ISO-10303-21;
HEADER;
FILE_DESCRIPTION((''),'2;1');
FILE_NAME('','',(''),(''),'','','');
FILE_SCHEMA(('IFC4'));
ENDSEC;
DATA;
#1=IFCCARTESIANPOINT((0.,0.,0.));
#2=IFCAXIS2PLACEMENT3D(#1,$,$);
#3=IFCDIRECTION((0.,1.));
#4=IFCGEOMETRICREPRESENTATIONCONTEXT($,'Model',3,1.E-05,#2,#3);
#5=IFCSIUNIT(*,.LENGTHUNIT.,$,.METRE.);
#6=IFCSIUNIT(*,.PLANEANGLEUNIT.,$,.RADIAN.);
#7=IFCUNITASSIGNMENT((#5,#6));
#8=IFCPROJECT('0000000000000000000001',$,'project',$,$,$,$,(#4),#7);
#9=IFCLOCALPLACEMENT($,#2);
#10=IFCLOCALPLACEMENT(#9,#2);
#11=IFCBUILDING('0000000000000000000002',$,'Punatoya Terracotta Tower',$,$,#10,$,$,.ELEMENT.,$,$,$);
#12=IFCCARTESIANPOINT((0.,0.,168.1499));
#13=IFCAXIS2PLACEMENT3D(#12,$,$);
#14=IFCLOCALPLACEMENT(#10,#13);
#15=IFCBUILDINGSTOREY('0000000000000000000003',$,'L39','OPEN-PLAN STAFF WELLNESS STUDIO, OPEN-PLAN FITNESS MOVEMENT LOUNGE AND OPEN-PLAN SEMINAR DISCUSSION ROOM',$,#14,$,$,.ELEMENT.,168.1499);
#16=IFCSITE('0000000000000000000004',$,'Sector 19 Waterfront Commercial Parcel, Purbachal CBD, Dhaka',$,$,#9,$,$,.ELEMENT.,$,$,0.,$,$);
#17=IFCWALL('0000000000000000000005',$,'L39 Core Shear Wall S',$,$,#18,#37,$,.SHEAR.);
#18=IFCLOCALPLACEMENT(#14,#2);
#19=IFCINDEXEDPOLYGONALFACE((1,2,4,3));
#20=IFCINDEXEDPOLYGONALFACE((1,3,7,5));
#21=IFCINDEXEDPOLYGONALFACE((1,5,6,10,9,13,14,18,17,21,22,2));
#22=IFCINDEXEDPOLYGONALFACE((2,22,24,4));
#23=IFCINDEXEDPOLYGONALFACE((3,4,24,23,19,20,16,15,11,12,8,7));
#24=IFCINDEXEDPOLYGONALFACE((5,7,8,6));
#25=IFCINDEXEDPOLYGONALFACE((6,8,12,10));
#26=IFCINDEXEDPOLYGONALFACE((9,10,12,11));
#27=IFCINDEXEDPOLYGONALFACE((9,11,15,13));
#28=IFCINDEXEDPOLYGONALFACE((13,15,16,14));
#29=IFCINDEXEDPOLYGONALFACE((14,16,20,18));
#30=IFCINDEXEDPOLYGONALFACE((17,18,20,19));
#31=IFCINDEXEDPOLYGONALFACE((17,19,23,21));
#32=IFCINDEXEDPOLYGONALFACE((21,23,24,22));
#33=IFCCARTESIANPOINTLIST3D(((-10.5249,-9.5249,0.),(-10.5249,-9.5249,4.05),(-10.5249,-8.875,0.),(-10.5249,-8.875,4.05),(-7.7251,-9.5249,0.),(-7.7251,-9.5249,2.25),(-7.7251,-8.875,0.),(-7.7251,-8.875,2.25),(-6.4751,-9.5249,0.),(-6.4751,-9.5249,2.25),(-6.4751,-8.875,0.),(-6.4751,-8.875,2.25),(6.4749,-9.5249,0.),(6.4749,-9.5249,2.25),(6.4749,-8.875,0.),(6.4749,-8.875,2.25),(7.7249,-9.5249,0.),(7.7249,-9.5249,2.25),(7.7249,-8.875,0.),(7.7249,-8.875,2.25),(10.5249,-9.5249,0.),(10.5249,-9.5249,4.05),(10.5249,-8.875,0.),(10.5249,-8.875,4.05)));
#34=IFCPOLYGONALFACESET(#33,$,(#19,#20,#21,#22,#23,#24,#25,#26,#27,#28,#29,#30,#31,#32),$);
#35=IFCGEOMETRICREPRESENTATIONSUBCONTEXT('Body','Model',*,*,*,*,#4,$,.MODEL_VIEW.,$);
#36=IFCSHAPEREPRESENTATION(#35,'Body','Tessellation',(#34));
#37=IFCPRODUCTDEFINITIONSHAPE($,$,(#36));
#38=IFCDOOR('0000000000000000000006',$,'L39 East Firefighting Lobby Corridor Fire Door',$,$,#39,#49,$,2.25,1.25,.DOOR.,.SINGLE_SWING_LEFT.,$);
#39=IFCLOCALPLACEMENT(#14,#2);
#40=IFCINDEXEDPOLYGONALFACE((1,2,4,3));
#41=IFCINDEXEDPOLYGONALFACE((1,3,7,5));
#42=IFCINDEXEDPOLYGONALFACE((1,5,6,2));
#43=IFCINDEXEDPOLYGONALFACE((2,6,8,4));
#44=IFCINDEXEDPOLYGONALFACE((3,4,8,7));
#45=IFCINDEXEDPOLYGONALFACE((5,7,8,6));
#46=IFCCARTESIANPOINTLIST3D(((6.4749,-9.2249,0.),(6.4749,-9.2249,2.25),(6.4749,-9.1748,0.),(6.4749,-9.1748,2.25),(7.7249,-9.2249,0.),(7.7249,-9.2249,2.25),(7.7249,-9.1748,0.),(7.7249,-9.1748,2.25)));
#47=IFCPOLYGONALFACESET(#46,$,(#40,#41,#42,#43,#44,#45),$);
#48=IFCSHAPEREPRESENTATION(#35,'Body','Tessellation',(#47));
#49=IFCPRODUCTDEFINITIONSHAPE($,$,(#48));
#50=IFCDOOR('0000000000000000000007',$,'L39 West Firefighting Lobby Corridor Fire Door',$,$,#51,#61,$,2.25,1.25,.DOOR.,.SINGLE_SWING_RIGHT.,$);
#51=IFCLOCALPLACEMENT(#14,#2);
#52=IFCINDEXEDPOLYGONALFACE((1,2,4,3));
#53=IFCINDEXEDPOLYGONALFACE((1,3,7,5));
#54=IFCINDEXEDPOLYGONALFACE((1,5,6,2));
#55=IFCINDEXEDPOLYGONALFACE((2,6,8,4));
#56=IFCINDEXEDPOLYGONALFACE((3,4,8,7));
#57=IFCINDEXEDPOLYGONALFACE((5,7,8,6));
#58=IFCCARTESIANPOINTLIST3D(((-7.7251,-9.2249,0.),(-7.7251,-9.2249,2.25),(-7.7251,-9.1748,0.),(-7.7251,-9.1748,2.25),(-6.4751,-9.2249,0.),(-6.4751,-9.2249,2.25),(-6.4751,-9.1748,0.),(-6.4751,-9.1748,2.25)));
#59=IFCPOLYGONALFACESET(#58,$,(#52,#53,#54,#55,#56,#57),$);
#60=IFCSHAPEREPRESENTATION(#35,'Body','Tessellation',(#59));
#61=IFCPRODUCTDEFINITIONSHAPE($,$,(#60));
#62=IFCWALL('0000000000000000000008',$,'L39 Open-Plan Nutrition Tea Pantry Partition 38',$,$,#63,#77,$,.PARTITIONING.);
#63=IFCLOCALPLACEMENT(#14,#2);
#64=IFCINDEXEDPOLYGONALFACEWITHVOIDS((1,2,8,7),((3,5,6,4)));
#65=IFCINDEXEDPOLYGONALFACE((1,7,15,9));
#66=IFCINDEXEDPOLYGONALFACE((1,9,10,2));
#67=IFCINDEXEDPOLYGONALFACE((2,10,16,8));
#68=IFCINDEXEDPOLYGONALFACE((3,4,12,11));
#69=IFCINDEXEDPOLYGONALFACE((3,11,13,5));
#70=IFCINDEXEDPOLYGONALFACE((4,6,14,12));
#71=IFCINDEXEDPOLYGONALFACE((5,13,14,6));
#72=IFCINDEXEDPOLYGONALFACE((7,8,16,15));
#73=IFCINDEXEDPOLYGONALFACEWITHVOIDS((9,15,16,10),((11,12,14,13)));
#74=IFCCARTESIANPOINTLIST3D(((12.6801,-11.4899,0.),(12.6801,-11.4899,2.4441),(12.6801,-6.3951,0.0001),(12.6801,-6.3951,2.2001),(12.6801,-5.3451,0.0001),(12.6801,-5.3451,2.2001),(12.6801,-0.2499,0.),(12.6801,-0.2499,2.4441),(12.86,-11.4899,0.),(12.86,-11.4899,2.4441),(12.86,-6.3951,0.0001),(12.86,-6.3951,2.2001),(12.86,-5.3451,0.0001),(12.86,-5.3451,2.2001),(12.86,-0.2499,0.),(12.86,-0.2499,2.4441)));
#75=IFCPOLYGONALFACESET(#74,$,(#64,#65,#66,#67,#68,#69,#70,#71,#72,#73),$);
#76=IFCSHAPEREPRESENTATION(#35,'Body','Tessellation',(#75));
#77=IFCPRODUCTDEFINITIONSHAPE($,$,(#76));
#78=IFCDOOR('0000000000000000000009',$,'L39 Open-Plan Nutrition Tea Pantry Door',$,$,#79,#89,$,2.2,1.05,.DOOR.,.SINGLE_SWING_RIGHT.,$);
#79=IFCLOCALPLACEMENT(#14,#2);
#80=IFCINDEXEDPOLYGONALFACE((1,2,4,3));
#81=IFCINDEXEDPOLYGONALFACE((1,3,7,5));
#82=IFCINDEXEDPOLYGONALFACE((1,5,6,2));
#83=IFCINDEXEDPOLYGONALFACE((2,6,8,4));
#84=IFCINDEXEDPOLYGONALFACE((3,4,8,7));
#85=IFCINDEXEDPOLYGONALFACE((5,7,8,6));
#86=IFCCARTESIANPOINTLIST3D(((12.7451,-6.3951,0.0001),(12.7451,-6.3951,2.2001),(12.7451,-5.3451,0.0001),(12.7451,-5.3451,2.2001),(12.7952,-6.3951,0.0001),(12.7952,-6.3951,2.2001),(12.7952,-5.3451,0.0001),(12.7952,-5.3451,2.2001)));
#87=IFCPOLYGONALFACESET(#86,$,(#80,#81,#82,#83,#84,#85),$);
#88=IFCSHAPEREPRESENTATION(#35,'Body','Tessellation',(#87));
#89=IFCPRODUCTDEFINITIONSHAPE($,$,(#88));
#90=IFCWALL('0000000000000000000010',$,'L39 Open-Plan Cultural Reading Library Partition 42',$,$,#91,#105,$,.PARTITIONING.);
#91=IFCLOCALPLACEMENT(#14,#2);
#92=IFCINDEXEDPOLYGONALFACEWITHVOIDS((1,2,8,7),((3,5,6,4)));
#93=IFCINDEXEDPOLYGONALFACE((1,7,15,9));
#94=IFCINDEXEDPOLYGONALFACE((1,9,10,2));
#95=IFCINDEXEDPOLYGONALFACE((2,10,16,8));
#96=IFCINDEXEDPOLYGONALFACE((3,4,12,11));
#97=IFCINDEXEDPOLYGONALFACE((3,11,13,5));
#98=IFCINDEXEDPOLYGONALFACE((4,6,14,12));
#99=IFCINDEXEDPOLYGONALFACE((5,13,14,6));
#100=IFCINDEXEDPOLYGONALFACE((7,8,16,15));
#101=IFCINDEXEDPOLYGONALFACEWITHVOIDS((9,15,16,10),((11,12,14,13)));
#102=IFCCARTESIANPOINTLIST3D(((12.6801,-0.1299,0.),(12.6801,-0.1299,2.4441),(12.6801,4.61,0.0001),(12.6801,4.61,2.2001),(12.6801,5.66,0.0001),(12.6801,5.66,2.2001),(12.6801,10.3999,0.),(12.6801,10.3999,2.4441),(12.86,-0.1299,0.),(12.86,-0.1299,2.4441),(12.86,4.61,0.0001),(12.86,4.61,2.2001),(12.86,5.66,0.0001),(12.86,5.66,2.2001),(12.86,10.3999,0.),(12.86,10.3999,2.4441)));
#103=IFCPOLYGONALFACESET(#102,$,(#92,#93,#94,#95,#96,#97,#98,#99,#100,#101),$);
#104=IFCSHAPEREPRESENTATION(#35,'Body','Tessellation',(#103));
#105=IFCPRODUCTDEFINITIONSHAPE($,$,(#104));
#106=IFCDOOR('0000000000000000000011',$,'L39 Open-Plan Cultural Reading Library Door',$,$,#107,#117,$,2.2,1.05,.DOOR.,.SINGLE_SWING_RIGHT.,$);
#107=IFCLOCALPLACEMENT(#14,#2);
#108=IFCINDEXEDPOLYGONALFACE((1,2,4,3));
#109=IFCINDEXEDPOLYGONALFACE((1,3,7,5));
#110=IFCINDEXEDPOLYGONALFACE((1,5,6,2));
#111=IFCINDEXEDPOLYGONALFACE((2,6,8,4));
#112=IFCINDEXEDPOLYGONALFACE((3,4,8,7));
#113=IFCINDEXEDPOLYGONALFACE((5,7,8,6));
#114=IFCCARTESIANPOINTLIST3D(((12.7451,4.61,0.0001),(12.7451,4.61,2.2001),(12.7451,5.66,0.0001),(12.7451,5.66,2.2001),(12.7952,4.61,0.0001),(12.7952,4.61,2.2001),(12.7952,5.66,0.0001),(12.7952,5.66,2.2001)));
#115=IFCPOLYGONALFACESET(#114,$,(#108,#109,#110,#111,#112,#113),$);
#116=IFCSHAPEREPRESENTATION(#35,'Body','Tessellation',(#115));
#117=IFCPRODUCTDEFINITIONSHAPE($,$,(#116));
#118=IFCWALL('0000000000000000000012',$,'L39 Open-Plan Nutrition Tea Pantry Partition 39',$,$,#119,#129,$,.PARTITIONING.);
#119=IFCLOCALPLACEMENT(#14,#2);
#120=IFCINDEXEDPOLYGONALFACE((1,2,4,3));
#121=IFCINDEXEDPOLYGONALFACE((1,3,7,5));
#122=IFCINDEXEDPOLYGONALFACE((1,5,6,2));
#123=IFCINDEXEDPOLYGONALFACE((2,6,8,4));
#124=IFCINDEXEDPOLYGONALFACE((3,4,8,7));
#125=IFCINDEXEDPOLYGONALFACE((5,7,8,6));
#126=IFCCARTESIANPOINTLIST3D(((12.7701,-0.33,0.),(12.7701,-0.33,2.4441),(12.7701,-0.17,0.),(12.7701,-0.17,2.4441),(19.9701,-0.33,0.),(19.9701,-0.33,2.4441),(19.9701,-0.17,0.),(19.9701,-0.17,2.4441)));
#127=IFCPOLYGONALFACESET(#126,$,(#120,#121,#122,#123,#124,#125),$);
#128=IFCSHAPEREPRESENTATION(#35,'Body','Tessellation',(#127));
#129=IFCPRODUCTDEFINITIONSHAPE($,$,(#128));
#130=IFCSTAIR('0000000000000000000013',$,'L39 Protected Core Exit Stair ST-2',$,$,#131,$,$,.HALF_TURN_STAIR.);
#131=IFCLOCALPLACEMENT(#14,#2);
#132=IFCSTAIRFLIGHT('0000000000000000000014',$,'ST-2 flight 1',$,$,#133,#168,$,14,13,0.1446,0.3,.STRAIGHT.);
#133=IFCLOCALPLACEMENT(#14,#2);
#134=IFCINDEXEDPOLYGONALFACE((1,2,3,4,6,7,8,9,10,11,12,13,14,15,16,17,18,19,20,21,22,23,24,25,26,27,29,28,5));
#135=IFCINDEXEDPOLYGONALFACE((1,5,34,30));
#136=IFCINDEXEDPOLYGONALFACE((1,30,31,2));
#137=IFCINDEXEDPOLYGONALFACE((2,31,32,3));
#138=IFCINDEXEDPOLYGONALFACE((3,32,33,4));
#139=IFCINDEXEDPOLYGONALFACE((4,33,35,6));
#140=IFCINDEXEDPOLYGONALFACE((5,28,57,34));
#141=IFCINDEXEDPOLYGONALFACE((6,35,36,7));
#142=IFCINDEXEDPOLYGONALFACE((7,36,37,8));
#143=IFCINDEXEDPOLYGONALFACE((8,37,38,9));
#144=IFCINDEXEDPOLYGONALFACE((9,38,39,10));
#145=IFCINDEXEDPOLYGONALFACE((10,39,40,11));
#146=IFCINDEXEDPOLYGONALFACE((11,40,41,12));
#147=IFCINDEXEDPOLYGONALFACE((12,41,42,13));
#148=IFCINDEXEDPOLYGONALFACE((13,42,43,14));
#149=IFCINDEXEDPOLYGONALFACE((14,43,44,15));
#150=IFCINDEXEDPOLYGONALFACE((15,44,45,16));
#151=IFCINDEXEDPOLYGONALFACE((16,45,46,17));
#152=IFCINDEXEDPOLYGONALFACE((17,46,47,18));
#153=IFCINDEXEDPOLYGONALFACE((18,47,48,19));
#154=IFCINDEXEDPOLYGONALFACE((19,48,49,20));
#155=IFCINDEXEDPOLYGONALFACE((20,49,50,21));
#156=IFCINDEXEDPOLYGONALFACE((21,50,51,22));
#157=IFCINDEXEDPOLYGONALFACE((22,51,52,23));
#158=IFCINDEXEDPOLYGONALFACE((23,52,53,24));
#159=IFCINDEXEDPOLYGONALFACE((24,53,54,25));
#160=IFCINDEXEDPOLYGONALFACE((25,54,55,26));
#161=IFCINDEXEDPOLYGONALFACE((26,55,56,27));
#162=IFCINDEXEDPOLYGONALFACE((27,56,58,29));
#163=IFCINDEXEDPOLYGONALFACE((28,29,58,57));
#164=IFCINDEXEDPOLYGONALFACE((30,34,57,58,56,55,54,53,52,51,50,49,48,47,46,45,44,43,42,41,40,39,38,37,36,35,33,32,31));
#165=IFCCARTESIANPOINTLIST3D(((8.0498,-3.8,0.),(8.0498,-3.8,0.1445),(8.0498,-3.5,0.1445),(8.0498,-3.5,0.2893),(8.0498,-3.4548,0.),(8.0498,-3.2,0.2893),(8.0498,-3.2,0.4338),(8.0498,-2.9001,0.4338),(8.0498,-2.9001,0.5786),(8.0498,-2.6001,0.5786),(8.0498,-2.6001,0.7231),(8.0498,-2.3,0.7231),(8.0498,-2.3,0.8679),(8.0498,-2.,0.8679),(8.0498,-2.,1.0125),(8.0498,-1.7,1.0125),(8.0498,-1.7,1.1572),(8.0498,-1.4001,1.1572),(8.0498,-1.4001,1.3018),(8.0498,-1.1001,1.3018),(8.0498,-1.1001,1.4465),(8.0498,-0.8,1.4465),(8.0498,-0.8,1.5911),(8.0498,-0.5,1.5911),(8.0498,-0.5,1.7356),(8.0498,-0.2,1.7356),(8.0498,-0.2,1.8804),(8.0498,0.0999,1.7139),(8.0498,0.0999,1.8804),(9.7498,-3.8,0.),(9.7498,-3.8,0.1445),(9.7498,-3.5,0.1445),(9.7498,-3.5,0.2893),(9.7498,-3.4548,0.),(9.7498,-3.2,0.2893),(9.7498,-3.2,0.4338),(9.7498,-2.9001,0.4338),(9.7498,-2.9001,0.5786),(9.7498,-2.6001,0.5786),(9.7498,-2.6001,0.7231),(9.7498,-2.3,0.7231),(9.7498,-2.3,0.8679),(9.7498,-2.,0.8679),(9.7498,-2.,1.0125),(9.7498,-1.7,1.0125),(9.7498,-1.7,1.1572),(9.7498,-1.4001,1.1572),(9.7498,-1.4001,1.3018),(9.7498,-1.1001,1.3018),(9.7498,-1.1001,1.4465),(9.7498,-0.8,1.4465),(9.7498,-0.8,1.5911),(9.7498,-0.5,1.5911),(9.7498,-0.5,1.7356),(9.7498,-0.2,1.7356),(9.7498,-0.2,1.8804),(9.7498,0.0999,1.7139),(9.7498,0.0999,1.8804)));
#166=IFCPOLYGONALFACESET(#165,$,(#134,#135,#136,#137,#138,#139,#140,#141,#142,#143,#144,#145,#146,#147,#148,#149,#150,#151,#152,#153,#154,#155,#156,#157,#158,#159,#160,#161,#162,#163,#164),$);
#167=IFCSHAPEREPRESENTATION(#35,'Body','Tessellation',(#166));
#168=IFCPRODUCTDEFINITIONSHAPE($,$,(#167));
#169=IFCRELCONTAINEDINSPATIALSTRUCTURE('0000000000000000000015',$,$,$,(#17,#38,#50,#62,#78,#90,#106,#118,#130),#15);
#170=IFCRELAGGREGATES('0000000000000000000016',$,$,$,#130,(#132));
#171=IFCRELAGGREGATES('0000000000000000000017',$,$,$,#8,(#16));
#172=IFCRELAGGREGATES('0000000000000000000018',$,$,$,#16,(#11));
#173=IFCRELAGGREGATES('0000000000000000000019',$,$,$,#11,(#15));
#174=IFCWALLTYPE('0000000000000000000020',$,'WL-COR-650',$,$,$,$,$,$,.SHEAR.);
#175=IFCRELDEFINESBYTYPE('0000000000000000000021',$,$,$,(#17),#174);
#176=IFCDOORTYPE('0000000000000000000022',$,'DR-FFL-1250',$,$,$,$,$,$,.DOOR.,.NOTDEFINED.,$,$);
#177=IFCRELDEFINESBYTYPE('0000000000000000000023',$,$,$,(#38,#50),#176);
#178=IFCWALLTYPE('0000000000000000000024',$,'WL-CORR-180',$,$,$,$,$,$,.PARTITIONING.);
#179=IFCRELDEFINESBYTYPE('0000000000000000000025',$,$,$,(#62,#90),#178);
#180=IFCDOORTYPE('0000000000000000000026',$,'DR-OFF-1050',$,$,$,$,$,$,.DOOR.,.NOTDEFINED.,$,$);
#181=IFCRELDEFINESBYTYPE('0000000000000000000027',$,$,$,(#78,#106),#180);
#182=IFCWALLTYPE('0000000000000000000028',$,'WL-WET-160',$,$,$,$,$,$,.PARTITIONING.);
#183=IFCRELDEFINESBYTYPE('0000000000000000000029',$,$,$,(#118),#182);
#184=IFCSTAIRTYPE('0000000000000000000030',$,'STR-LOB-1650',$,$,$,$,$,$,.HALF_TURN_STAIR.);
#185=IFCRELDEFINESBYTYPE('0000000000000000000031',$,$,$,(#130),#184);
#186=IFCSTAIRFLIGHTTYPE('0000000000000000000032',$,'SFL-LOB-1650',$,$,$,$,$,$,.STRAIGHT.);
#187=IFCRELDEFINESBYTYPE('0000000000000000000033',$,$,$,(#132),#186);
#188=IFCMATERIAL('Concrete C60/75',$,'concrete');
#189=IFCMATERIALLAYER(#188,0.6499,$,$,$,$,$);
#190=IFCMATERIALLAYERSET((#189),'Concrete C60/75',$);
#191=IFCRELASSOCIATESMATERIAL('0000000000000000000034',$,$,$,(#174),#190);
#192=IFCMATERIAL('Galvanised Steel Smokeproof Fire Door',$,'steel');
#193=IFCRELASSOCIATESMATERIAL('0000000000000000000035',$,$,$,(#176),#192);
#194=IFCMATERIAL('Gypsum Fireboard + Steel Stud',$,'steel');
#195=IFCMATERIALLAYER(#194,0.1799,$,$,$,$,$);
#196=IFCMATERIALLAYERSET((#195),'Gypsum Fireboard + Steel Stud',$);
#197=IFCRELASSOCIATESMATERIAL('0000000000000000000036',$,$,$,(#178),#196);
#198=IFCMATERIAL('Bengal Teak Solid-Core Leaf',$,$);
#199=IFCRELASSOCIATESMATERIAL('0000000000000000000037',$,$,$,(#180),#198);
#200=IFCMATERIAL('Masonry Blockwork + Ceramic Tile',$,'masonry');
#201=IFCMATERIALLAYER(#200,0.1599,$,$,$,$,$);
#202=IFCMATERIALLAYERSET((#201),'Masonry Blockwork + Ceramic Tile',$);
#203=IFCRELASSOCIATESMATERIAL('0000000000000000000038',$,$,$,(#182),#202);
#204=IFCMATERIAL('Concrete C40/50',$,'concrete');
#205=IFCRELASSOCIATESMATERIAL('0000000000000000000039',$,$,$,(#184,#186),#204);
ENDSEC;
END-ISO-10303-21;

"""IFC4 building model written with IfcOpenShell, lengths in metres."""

from ifc_helpers import new_model, si_unit, direction, frame, frame_2d, origin, place, context, subcontext, project, spatial, polyline, rectangle, outline, extrude, material, layer, layer_set, type_object, element, fill, aggregate, save


model = new_model("IFC4")

# Units and contexts
model_context = context("Model", 3, precision=1e-05, world=origin(), true_north=direction((0.0, 1.0)))
body_context = subcontext(model_context, "Body", "Model", "MODEL_VIEW")
ifc_project = project(units=[si_unit("LENGTHUNIT", "METRE"), si_unit("PLANEANGLEUNIT", "RADIAN")], contexts=[model_context])

# Site, building, storey
site_placement = place(None, origin())
site = spatial("IfcSite", under=ifc_project, at=site_placement, Name="Sector 19 Waterfront Commercial Parcel, Purbachal CBD, Dhaka", CompositionType="ELEMENT", RefElevation=0.0)
building_placement = place(site_placement, origin())
building = spatial("IfcBuilding", under=site, at=building_placement, Name="Punatoya Terracotta Tower", CompositionType="ELEMENT")
storey_placement = place(building_placement, frame((0.0, 0.0, 168.1499)))
storey = spatial("IfcBuildingStorey", under=building, at=storey_placement, Name="L39", Description="OPEN-PLAN STAFF WELLNESS STUDIO, OPEN-PLAN FITNESS MOVEMENT LOUNGE AND OPEN-PLAN SEMINAR DISCUSSION ROOM", CompositionType="ELEMENT", Elevation=168.1499)

# Wall, openings, doors
ifc_material_1 = material(Name="Concrete C60/75", Category="concrete")
ifc_layer_1 = layer(ifc_material_1, 0.6499)
ifc_layer_set_1 = layer_set([ifc_layer_1], Name="Concrete C60/75")
wall_type_1 = type_object("IfcWallType", Name="WL-COR-650", PredefinedType="SHEAR", material=ifc_layer_set_1)
wall_1_placement = place(storey_placement, frame((10.5249, -9.2, 0.0), z_axis=(0.0, 0.0, 1.0), x_axis=(-1.0, 0.0, 0.0)))
wall_1 = element("IfcWall", 1, at=wall_1_placement, inside=storey, type_object=wall_type_1, Name="L39 Core Shear Wall S", PredefinedType="SHEAR", context=body_context, shape_type="SweptSolid", body=[
    extrude(rectangle(XDim=21.0498, YDim=0.6499, at=frame_2d((10.5249, 0.0))), origin(), (0.0, 0.0, 1.0), 4.05),
])
opening_1_placement = place(wall_1_placement, frame((2.8, 0.0, 0.0)))
opening_1 = element("IfcOpeningElement", 2, at=opening_1_placement, cuts=wall_1, PredefinedType="OPENING", context=body_context, shape_type="SweptSolid", body=[
    extrude(rectangle(XDim=1.25, YDim=2.25, at=frame_2d((0.625, 1.125))), frame((0.0, 0.335, 0.0), z_axis=(0.0, -1.0, 0.0), x_axis=(1.0, 0.0, 0.0)), (0.0, 0.0, 1.0), 0.6699),
])
opening_2_placement = place(wall_1_placement, frame((17.0, 0.0, 0.0)))
opening_2 = element("IfcOpeningElement", 3, at=opening_2_placement, cuts=wall_1, PredefinedType="OPENING", context=body_context, shape_type="SweptSolid", body=[
    extrude(rectangle(XDim=1.25, YDim=2.25, at=frame_2d((0.625, 1.125))), frame((0.0, 0.335, 0.0), z_axis=(0.0, -1.0, 0.0), x_axis=(1.0, 0.0, 0.0)), (0.0, 0.0, 1.0), 0.6699),
])
ifc_material_2 = material(Name="Galvanised Steel Smokeproof Fire Door", Category="steel")
door_type_1 = type_object("IfcDoorType", Name="DR-FFL-1250", OperationType="NOTDEFINED", PredefinedType="DOOR", material=ifc_material_2)
door_1_placement = place(opening_1_placement, origin())
door_1 = element("IfcDoor", 4, at=door_1_placement, inside=storey, type_object=door_type_1, Name="L39 East Firefighting Lobby Corridor Fire Door", OperationType="SINGLE_SWING_LEFT", OverallHeight=2.25, OverallWidth=1.25, PredefinedType="DOOR", context=body_context, shape_type="SweptSolid", body=[
    extrude(rectangle(XDim=1.25, YDim=2.25, at=frame_2d((0.625, 1.125))), frame((0.0, 0.0249, 0.0), z_axis=(0.0, -1.0, 0.0), x_axis=(1.0, 0.0, 0.0)), (0.0, 0.0, 1.0), 0.05),
])
fill(opening_1, door_1)
door_2_placement = place(opening_2_placement, origin())
door_2 = element("IfcDoor", 5, at=door_2_placement, inside=storey, type_object=door_type_1, Name="L39 West Firefighting Lobby Corridor Fire Door", OperationType="SINGLE_SWING_RIGHT", OverallHeight=2.25, OverallWidth=1.25, PredefinedType="DOOR", context=body_context, shape_type="SweptSolid", body=[
    extrude(rectangle(XDim=1.25, YDim=2.25, at=frame_2d((0.625, 1.125))), frame((0.0, 0.0249, 0.0), z_axis=(0.0, -1.0, 0.0), x_axis=(1.0, 0.0, 0.0)), (0.0, 0.0, 1.0), 0.05),
])
fill(opening_2, door_2)

# Walls, openings, doors
ifc_material_3 = material(Name="Gypsum Fireboard + Steel Stud", Category="steel")
ifc_layer_2 = layer(ifc_material_3, 0.1799)
ifc_layer_set_2 = layer_set([ifc_layer_2], Name="Gypsum Fireboard + Steel Stud")
wall_type_2 = type_object("IfcWallType", Name="WL-CORR-180", PredefinedType="PARTITIONING", material=ifc_layer_set_2)
wall_2_placement = place(storey_placement, frame((12.77, -11.49, 0.0), z_axis=(0.0, 0.0, 1.0), x_axis=(0.0, 1.0, 0.0)))
wall_2 = element("IfcWall", 6, at=wall_2_placement, inside=storey, type_object=wall_type_2, Name="L39 Open-Plan Nutrition Tea Pantry Partition 38", PredefinedType="PARTITIONING", context=body_context, shape_type="SweptSolid", body=[
    extrude(rectangle(XDim=11.24, YDim=0.1799, at=frame_2d((5.6201, 0.0))), origin(), (0.0, 0.0, 1.0), 2.4441),
])
opening_3_placement = place(wall_2_placement, frame((5.095, 0.0, 0.0)))
opening_3 = element("IfcOpeningElement", 7, at=opening_3_placement, cuts=wall_2, PredefinedType="OPENING", context=body_context, shape_type="SweptSolid", body=[
    extrude(rectangle(XDim=1.05, YDim=2.2, at=frame_2d((0.5249, 1.1001))), frame((0.0, 0.0999, 0.0), z_axis=(0.0, -1.0, 0.0), x_axis=(1.0, 0.0, 0.0)), (0.0, 0.0, 1.0), 0.2),
])
ifc_material_4 = material(Name="Bengal Teak Solid-Core Leaf")
door_type_2 = type_object("IfcDoorType", Name="DR-OFF-1050", OperationType="NOTDEFINED", PredefinedType="DOOR", material=ifc_material_4)
door_3_placement = place(opening_3_placement, origin())
door_3 = element("IfcDoor", 8, at=door_3_placement, inside=storey, type_object=door_type_2, Name="L39 Open-Plan Nutrition Tea Pantry Door", OperationType="SINGLE_SWING_RIGHT", OverallHeight=2.2, OverallWidth=1.05, PredefinedType="DOOR", context=body_context, shape_type="SweptSolid", body=[
    extrude(rectangle(XDim=1.05, YDim=2.2, at=frame_2d((0.5249, 1.1001))), frame((0.0, 0.0249, 0.0), z_axis=(0.0, -1.0, 0.0), x_axis=(1.0, 0.0, 0.0)), (0.0, 0.0, 1.0), 0.05),
])
fill(opening_3, door_3)
wall_3_placement = place(storey_placement, frame((12.77, -0.1299, 0.0), z_axis=(0.0, 0.0, 1.0), x_axis=(0.0, 1.0, 0.0)))
wall_3 = element("IfcWall", 9, at=wall_3_placement, inside=storey, type_object=wall_type_2, Name="L39 Open-Plan Cultural Reading Library Partition 42", PredefinedType="PARTITIONING", context=body_context, shape_type="SweptSolid", body=[
    extrude(rectangle(XDim=10.5298, YDim=0.1799, at=frame_2d((5.2649, 0.0))), origin(), (0.0, 0.0, 1.0), 2.4441),
])
opening_4_placement = place(wall_3_placement, frame((4.74, 0.0, 0.0)))
opening_4 = element("IfcOpeningElement", 10, at=opening_4_placement, cuts=wall_3, PredefinedType="OPENING", context=body_context, shape_type="SweptSolid", body=[
    extrude(rectangle(XDim=1.05, YDim=2.2, at=frame_2d((0.5249, 1.1001))), frame((0.0, 0.0999, 0.0), z_axis=(0.0, -1.0, 0.0), x_axis=(1.0, 0.0, 0.0)), (0.0, 0.0, 1.0), 0.2),
])
door_4_placement = place(opening_4_placement, origin())
door_4 = element("IfcDoor", 11, at=door_4_placement, inside=storey, type_object=door_type_2, Name="L39 Open-Plan Cultural Reading Library Door", OperationType="SINGLE_SWING_RIGHT", OverallHeight=2.2, OverallWidth=1.05, PredefinedType="DOOR", context=body_context, shape_type="SweptSolid", body=[
    extrude(rectangle(XDim=1.05, YDim=2.2, at=frame_2d((0.5249, 1.1001))), frame((0.0, 0.0249, 0.0), z_axis=(0.0, -1.0, 0.0), x_axis=(1.0, 0.0, 0.0)), (0.0, 0.0, 1.0), 0.05),
])
fill(opening_4, door_4)

# Wall
ifc_material_5 = material(Name="Masonry Blockwork + Ceramic Tile", Category="masonry")
ifc_layer_3 = layer(ifc_material_5, 0.1599)
ifc_layer_set_3 = layer_set([ifc_layer_3], Name="Masonry Blockwork + Ceramic Tile")
wall_type_3 = type_object("IfcWallType", Name="WL-WET-160", PredefinedType="PARTITIONING", material=ifc_layer_set_3)
wall_4_placement = place(storey_placement, frame((12.77, -0.25, 0.0), z_axis=(0.0, 0.0, 1.0), x_axis=(1.0, 0.0, 0.0)))
element("IfcWall", 12, at=wall_4_placement, inside=storey, type_object=wall_type_3, Name="L39 Open-Plan Nutrition Tea Pantry Partition 39", PredefinedType="PARTITIONING", context=body_context, shape_type="SweptSolid", body=[
    extrude(rectangle(XDim=7.2, YDim=0.1599, at=frame_2d((3.6001, 0.0))), origin(), (0.0, 0.0, 1.0), 2.4441),
])

# Stair, stair flight
ifc_material_6 = material(Name="Concrete C40/50", Category="concrete")
stair_type = type_object("IfcStairType", Name="STR-LOB-1650", PredefinedType="HALF_TURN_STAIR", material=ifc_material_6)
stair_placement = place(storey_placement, origin())
stair = element("IfcStair", 13, at=stair_placement, inside=storey, type_object=stair_type, Name="L39 Protected Core Exit Stair ST-2", PredefinedType="HALF_TURN_STAIR")
stair_flight_type = type_object("IfcStairFlightType", Name="SFL-LOB-1650", PredefinedType="STRAIGHT", material=ifc_material_6)
stair_flight_placement = place(storey_placement, frame((8.8999, -3.8, 0.0), z_axis=(0.0, 0.0, 1.0), x_axis=(0.0, 1.0, 0.0)))
stair_flight = element("IfcStairFlight", 14, at=stair_flight_placement, type_object=stair_flight_type, Name="ST-2 flight 1", NumberOfRisers=14, NumberOfTreads=13, PredefinedType="STRAIGHT", RiserHeight=0.1446, TreadLength=0.3, context=body_context, shape_type="SweptSolid", body=[
    extrude(outline(polyline([(0.0, 0.0), (0.0, 0.1445), (0.3, 0.1445), (0.3, 0.2893), (0.6001, 0.2893), (0.6001, 0.4338), (0.8999, 0.4338), (0.8999, 0.5786), (1.2, 0.5786), (1.2, 0.7231), (1.5, 0.7231), (1.5, 0.8679), (1.8, 0.8679), (1.8, 1.0125), (2.1001, 1.0125), (2.1001, 1.1572), (2.3999, 1.1572), (2.3999, 1.3018), (2.7, 1.3018), (2.7, 1.4465), (3.0, 1.4465), (3.0, 1.5911), (3.3, 1.5911), (3.3, 1.7356), (3.6001, 1.7356), (3.6001, 1.8804), (3.8999, 1.8804), (3.8999, 2.0249), (3.8999, 1.7139), (0.3452, 0.0), (0.0, 0.0)])), frame((0.0, 0.8501, 0.0), z_axis=(0.0, -1.0, 0.0), x_axis=(1.0, 0.0, 0.0)), (0.0, 0.0, 1.0), 1.7),
])
aggregate(stair, [stair_flight])

save(model, "model.ifc")
